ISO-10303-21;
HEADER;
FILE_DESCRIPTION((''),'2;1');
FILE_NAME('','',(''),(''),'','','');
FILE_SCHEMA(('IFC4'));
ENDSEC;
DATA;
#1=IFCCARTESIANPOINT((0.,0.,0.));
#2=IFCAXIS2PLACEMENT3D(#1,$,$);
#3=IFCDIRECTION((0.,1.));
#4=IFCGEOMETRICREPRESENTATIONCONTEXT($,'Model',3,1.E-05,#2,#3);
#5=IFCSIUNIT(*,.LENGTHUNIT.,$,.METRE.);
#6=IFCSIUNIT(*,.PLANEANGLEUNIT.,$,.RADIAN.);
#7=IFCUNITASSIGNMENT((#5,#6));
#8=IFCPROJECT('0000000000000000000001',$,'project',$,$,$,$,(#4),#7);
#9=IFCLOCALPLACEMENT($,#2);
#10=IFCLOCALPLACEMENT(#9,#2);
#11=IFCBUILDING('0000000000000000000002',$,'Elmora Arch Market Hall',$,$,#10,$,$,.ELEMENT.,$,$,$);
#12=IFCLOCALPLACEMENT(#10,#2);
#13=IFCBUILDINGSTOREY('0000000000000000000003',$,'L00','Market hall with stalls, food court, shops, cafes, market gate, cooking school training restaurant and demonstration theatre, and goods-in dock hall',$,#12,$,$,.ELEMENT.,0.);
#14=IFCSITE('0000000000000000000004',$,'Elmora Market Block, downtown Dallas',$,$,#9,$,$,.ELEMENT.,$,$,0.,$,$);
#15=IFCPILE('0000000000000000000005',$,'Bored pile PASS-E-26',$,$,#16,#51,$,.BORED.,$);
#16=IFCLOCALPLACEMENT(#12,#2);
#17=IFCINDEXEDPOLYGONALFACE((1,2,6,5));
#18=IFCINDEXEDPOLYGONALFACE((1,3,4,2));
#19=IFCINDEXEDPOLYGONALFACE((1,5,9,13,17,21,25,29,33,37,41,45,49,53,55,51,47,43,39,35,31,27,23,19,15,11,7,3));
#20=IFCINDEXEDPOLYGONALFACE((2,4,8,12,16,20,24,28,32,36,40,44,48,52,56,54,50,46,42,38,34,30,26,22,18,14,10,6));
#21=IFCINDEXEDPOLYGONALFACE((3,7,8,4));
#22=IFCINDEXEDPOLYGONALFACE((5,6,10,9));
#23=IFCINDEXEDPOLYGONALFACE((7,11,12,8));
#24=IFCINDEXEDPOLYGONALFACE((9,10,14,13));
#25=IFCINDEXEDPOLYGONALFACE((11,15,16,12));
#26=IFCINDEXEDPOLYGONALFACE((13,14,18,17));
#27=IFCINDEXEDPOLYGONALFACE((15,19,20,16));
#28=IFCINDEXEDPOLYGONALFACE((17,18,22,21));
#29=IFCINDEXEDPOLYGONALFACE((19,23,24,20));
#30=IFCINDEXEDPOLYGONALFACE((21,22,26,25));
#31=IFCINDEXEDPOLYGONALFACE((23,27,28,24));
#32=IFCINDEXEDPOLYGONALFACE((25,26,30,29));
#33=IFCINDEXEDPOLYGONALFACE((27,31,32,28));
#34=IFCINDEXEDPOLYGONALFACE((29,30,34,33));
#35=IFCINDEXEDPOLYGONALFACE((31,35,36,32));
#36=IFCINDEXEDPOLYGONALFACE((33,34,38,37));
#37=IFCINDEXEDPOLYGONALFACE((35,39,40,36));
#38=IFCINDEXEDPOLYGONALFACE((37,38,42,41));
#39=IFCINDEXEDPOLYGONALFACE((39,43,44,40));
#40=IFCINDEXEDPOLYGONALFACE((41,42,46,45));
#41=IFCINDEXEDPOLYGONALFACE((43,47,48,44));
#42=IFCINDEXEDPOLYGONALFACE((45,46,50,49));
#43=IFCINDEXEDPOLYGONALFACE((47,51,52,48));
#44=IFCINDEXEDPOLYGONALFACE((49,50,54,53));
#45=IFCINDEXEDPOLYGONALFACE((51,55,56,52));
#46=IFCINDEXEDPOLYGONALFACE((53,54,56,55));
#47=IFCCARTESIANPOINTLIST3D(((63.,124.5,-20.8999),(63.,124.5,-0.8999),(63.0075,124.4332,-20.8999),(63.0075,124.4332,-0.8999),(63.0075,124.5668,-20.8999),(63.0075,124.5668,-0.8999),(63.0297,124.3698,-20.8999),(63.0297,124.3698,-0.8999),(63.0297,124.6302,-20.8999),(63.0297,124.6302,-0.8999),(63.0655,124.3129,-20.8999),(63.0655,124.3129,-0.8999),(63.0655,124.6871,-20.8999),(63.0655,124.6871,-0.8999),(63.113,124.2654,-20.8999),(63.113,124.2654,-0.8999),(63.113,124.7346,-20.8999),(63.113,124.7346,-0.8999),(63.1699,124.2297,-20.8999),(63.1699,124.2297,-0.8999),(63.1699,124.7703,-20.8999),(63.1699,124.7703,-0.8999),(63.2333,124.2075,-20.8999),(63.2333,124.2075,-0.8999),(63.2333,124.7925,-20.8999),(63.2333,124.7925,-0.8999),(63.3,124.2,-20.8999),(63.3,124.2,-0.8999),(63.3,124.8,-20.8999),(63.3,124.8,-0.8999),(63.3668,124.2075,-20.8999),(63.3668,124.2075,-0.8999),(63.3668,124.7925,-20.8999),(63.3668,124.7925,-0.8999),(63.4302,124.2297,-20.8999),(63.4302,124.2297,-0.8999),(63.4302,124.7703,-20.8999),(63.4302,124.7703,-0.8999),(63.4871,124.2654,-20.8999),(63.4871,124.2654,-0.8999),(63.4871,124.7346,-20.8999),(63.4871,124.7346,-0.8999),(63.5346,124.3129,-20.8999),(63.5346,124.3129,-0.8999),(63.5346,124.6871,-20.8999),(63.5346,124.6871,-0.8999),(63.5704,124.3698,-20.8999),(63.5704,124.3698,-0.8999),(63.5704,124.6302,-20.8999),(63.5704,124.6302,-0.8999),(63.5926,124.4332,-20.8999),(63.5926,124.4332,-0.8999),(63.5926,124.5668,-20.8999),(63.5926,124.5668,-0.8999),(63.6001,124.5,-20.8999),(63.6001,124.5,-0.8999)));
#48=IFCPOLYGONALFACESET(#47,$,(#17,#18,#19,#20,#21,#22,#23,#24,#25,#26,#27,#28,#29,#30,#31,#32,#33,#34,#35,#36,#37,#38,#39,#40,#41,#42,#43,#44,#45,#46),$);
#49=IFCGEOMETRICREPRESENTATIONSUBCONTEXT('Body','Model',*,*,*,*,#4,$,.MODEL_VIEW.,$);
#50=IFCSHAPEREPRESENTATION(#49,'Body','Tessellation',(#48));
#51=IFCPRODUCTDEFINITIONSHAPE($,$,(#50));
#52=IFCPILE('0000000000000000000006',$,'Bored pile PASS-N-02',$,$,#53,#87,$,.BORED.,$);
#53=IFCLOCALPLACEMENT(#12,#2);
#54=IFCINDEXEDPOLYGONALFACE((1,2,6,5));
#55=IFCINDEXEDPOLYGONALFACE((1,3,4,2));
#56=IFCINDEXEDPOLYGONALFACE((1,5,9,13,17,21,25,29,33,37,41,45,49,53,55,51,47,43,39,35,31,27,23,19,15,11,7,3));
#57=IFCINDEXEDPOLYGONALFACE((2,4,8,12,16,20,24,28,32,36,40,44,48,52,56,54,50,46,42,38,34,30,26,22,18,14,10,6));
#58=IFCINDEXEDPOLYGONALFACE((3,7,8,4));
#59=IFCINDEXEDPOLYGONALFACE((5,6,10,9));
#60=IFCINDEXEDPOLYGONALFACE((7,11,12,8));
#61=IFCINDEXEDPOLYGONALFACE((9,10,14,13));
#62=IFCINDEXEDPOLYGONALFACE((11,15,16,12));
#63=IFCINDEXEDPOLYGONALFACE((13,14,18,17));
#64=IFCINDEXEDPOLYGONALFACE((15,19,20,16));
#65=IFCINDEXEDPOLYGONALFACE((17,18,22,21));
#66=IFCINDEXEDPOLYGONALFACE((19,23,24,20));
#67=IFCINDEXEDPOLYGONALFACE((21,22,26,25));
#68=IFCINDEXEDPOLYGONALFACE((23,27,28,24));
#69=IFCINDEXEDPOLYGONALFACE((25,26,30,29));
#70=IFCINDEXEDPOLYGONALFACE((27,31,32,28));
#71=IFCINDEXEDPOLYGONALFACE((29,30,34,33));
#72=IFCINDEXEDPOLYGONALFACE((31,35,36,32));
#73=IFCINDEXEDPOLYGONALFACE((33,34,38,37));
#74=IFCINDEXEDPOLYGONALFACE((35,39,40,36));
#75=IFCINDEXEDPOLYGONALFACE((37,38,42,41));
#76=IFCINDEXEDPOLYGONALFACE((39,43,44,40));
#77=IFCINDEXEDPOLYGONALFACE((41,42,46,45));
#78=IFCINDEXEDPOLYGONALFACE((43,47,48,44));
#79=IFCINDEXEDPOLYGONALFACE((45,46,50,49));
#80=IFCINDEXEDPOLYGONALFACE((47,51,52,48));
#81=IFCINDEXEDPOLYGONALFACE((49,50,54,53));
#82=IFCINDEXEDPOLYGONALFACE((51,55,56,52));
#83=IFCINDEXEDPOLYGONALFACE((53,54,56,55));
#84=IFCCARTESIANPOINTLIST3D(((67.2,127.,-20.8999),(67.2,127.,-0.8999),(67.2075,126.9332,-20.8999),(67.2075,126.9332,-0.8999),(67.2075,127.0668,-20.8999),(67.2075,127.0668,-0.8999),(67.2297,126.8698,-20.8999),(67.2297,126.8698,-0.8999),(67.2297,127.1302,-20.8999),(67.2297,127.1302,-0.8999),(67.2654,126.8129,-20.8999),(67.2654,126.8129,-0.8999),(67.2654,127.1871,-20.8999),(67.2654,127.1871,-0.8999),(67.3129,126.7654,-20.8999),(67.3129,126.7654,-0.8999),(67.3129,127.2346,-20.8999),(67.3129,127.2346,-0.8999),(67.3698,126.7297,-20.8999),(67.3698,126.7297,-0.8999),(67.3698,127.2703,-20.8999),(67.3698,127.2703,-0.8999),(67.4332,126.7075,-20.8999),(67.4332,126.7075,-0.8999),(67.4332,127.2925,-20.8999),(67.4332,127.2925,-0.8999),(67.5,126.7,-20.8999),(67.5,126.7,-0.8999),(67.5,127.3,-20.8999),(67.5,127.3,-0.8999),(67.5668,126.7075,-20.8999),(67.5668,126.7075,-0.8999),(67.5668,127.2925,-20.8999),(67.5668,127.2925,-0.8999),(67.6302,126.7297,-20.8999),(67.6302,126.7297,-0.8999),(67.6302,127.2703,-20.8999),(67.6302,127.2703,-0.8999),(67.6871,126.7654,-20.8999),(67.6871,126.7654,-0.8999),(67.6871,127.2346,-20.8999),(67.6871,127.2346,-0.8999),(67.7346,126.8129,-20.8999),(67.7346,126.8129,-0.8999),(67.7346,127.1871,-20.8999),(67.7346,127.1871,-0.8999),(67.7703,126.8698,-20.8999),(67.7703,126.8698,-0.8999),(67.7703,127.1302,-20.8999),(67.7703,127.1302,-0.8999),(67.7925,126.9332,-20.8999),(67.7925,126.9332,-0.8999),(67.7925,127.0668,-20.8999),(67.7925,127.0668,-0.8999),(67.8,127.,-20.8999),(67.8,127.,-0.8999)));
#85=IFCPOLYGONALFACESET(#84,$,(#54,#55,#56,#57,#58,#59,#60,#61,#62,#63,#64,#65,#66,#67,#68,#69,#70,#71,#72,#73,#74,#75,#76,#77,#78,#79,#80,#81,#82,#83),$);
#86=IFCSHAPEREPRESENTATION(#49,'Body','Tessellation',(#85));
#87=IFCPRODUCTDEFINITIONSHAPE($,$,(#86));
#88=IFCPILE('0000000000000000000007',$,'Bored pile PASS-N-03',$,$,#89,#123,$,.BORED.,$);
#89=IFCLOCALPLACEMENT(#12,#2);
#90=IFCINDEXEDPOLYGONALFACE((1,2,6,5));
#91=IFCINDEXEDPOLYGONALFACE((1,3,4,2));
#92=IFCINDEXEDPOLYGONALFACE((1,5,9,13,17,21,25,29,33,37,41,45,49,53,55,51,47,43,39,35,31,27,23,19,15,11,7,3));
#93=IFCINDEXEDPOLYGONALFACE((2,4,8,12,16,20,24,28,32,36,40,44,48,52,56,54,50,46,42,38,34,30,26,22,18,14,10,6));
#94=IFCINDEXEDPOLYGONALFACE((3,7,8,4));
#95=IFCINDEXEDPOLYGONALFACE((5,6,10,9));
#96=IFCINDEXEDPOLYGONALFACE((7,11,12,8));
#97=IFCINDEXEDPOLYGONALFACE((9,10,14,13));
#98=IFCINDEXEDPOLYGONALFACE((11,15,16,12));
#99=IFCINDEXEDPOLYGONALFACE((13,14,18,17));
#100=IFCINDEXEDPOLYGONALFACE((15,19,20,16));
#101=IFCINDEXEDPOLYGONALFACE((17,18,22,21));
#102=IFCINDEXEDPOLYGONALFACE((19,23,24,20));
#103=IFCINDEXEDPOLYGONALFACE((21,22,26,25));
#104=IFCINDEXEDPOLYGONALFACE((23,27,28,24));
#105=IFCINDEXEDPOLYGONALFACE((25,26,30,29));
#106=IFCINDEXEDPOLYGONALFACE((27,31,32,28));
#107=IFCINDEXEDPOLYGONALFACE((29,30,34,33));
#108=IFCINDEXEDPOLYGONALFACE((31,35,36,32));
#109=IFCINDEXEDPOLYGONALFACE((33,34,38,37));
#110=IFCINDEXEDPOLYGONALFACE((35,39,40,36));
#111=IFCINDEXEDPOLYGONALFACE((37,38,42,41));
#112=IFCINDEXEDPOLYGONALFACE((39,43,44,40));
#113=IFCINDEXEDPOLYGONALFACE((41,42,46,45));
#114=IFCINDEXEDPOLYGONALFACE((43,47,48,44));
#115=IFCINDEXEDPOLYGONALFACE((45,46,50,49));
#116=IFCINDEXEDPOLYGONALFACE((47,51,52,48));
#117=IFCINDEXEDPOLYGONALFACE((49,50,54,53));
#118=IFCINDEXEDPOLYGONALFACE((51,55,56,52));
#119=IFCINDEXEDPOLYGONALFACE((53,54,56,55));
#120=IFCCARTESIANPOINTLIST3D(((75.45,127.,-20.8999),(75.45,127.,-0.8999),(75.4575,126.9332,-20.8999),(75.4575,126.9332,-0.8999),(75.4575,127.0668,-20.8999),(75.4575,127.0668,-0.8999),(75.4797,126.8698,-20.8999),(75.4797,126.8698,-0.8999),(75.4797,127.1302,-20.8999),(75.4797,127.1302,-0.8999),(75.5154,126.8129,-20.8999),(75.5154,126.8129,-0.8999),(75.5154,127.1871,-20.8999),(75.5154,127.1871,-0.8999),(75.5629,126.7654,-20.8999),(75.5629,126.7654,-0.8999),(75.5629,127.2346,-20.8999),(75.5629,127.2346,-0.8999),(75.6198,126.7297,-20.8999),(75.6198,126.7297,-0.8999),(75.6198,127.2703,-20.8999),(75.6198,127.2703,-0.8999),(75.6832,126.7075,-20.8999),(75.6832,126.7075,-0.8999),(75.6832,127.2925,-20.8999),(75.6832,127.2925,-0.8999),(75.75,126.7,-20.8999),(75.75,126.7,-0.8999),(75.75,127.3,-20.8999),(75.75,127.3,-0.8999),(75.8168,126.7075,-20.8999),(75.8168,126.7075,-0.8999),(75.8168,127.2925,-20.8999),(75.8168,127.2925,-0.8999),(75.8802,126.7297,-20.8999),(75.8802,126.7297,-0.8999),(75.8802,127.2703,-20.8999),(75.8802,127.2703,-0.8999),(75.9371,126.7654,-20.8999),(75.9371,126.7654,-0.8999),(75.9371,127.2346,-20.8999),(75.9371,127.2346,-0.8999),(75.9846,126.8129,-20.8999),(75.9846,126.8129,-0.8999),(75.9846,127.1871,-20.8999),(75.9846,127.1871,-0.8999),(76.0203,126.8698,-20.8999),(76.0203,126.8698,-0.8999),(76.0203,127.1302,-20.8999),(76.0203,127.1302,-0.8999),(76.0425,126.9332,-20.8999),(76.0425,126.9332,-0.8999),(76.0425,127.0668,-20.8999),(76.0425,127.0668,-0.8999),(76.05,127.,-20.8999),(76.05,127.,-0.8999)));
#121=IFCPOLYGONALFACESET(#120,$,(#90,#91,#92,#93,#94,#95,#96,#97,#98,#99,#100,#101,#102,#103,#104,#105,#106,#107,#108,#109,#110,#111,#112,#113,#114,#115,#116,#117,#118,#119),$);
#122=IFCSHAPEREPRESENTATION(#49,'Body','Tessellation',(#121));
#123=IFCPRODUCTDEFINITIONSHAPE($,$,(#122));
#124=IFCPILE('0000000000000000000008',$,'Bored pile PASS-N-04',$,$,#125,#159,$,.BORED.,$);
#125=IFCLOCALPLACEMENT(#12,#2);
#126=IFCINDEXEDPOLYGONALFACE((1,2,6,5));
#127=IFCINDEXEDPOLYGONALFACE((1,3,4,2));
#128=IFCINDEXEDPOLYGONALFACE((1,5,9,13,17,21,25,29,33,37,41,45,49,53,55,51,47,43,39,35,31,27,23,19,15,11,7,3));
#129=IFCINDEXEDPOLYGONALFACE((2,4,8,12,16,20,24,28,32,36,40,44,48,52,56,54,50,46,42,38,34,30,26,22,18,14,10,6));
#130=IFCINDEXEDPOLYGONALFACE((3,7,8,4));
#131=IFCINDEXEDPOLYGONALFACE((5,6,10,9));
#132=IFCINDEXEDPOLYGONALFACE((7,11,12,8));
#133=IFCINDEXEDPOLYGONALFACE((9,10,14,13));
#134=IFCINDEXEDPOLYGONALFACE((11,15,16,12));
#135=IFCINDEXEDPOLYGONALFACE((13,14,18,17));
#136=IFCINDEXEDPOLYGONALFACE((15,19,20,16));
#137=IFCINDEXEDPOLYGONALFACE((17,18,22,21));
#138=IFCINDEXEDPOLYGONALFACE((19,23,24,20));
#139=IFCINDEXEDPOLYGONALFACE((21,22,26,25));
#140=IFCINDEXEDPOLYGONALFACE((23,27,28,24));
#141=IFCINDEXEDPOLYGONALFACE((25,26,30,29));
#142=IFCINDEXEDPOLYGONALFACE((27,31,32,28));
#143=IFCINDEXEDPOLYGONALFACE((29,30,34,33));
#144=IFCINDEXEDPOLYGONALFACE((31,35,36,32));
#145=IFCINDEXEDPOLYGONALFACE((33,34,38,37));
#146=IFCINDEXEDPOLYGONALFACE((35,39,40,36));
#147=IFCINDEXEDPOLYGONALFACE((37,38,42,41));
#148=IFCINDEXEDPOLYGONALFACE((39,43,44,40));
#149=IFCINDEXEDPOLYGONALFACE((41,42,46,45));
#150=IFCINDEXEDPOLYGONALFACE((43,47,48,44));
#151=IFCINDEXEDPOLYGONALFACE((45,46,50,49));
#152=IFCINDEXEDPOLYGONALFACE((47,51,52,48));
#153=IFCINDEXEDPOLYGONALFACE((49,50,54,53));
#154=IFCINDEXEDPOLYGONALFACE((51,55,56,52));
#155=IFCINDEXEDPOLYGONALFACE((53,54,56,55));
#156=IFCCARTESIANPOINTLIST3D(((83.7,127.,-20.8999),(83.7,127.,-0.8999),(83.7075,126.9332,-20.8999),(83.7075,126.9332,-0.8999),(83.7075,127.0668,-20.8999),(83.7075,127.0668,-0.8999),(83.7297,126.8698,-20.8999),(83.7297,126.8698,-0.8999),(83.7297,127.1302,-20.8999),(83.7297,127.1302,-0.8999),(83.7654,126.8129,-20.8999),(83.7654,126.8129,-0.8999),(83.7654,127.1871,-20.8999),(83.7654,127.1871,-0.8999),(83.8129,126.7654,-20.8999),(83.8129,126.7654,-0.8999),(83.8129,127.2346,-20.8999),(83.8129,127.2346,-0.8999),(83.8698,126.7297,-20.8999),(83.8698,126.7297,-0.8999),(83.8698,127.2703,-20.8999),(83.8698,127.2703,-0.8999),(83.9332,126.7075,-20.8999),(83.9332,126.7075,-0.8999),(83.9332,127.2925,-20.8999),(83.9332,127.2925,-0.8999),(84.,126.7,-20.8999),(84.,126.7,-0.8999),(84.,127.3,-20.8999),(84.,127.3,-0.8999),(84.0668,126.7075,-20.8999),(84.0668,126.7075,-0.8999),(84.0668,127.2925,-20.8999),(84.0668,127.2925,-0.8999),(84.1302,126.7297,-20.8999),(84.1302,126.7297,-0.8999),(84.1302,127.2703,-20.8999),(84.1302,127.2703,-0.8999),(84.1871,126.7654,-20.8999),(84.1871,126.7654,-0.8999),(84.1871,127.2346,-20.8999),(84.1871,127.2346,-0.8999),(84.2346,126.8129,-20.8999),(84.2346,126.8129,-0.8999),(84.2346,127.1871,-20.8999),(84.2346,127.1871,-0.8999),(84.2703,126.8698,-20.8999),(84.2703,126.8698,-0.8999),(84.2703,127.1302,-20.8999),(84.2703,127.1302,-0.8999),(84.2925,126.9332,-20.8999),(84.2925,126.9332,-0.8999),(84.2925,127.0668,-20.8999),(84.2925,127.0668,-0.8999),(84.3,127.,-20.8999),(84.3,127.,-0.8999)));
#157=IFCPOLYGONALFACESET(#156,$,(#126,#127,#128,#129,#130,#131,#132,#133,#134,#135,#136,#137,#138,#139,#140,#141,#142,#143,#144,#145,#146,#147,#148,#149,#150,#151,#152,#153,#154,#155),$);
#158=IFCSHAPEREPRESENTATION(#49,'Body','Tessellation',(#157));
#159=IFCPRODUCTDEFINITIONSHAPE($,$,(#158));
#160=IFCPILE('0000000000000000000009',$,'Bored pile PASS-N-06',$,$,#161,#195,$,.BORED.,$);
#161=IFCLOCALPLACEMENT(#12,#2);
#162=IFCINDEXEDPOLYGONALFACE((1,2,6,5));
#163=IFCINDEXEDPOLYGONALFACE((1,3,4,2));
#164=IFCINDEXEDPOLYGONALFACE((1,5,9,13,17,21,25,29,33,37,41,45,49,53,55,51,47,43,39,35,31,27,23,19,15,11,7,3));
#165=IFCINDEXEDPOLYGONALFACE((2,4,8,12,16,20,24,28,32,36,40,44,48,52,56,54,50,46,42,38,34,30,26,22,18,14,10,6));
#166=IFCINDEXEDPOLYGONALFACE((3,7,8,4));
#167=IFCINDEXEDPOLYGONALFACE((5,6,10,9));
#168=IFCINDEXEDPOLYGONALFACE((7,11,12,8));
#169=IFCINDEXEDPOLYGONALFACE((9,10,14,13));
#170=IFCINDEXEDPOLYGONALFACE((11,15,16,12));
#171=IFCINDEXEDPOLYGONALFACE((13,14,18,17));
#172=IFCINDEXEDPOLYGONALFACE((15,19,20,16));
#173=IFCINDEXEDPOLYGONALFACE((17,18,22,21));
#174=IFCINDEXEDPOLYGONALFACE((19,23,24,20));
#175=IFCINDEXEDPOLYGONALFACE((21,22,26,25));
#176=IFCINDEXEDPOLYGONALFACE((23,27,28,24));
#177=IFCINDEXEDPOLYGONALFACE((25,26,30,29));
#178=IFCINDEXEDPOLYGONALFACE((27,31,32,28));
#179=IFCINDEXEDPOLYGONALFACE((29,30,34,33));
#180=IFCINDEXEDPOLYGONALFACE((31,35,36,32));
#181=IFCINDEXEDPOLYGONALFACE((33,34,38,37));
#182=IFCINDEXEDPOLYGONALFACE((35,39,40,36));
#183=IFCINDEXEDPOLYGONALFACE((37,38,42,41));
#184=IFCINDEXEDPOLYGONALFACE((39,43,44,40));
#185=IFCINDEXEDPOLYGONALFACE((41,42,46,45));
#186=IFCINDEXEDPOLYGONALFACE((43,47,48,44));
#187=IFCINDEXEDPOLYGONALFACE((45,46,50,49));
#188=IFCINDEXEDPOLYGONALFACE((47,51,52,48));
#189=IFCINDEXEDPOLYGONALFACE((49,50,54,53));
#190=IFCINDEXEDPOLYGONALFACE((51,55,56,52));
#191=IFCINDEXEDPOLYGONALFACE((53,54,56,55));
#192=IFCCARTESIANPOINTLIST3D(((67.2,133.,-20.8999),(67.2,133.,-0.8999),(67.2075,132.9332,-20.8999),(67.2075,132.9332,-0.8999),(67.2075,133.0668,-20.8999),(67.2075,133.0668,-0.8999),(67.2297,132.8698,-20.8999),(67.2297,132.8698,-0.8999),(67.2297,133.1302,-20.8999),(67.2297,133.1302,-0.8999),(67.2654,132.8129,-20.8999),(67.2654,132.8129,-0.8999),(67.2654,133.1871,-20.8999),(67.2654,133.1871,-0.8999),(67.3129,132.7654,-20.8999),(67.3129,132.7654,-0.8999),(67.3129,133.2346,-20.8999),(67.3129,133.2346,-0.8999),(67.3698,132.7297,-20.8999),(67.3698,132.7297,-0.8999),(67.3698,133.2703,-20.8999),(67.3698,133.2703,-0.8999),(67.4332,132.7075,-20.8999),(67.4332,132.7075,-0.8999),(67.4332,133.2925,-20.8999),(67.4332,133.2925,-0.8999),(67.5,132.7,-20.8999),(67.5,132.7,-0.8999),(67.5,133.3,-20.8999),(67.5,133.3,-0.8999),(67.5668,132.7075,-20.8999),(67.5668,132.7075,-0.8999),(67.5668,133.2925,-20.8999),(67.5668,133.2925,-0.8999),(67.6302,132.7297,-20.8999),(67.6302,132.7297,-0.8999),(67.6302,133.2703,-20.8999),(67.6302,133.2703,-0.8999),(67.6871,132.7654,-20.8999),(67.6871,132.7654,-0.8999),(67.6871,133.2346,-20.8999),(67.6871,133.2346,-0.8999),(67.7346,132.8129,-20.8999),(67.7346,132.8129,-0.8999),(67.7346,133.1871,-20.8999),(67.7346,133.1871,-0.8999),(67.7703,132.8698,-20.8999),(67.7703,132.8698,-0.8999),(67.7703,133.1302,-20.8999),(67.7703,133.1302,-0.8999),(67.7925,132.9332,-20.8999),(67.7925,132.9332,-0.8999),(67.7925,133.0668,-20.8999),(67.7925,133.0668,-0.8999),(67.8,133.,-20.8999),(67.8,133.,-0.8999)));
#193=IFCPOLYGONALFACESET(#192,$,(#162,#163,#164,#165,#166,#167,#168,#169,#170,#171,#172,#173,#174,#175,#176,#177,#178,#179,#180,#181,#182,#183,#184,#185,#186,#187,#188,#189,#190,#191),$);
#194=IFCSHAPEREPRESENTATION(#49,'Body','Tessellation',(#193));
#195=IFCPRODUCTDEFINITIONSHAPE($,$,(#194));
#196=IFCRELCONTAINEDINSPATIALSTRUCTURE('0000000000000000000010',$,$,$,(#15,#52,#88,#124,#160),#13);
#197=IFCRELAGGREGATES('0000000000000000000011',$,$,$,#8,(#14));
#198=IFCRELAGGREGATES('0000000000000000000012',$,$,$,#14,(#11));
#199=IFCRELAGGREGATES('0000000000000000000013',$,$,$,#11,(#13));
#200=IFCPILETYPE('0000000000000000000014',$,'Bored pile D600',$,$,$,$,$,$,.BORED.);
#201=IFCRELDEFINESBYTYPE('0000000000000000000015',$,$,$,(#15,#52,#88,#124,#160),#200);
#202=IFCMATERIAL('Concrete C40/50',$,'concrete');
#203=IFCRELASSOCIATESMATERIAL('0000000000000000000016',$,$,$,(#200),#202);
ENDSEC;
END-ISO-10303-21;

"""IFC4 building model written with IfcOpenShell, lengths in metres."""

from ifc_helpers import new_model, si_unit, direction, frame, origin, origin_2d, place, context, subcontext, project, spatial, circle, extrude, material, material_profile, profile_set, type_object, element, save


model = new_model("IFC4")

# Units and contexts
model_context = context("Model", 3, precision=1e-05, world=origin(), true_north=direction((0.0, 1.0)))
body_context = subcontext(model_context, "Body", "Model", "MODEL_VIEW")
ifc_project = project(units=[si_unit("LENGTHUNIT", "METRE"), si_unit("PLANEANGLEUNIT", "RADIAN")], contexts=[model_context])

# Site, building, storey
site_placement = place(None, origin())
site = spatial("IfcSite", under=ifc_project, at=site_placement, Name="Elmora Market Block, downtown Dallas", CompositionType="ELEMENT", RefElevation=0.0)
building_placement = place(site_placement, origin())
building = spatial("IfcBuilding", under=site, at=building_placement, Name="Elmora Arch Market Hall", CompositionType="ELEMENT")
storey_placement = place(building_placement, origin())
storey = spatial("IfcBuildingStorey", under=building, at=storey_placement, Name="L00", Description="Market hall with stalls, food court, shops, cafes, market gate, cooking school training restaurant and demonstration theatre, and goods-in dock hall", CompositionType="ELEMENT", Elevation=0.0)

# Piles
ifc_material_1 = material(Name="Concrete C40/50", Category="concrete")
ifc_material_profile_1 = material_profile(ifc_material_1, circle(Radius=0.3, at=origin_2d()), Name="Bored pile D600")
ifc_profile_set_1 = profile_set([ifc_material_profile_1], Name="Concrete C40/50")
pile_type = type_object("IfcPileType", Name="Bored pile D600", PredefinedType="BORED", material=ifc_profile_set_1)
for number, where, z_axis, x_axis, name in (
    (1, (63.3, 124.5, -0.8999), (0.0, 0.0, -1.0), (1.0, 0.0, 0.0), "Bored pile PASS-E-26"),
    (2, (67.5, 127.0, -0.8999), (0.0, 0.0, -1.0), (1.0, 0.0, 0.0), "Bored pile PASS-N-02"),
    (3, (75.75, 127.0, -0.8999), (0.0, 0.0, -1.0), (1.0, 0.0, 0.0), "Bored pile PASS-N-03"),
    (4, (84.0, 127.0, -0.8999), (0.0, 0.0, -1.0), (1.0, 0.0, 0.0), "Bored pile PASS-N-04"),
    (5, (67.5, 133.0, -0.8999), (0.0, 0.0, -1.0), (1.0, 0.0, 0.0), "Bored pile PASS-N-06"),
):
    element("IfcPile", number, at=place(storey_placement, frame(where, z_axis=z_axis, x_axis=x_axis)), inside=storey, type_object=pile_type, Name=name, PredefinedType="BORED", context=body_context, shape_type="SweptSolid", body=[
        extrude(circle(Radius=0.3, at=origin_2d()), origin(), (0.0, 0.0, 1.0), 20.0),
    ])

save(model, "model.ifc")
